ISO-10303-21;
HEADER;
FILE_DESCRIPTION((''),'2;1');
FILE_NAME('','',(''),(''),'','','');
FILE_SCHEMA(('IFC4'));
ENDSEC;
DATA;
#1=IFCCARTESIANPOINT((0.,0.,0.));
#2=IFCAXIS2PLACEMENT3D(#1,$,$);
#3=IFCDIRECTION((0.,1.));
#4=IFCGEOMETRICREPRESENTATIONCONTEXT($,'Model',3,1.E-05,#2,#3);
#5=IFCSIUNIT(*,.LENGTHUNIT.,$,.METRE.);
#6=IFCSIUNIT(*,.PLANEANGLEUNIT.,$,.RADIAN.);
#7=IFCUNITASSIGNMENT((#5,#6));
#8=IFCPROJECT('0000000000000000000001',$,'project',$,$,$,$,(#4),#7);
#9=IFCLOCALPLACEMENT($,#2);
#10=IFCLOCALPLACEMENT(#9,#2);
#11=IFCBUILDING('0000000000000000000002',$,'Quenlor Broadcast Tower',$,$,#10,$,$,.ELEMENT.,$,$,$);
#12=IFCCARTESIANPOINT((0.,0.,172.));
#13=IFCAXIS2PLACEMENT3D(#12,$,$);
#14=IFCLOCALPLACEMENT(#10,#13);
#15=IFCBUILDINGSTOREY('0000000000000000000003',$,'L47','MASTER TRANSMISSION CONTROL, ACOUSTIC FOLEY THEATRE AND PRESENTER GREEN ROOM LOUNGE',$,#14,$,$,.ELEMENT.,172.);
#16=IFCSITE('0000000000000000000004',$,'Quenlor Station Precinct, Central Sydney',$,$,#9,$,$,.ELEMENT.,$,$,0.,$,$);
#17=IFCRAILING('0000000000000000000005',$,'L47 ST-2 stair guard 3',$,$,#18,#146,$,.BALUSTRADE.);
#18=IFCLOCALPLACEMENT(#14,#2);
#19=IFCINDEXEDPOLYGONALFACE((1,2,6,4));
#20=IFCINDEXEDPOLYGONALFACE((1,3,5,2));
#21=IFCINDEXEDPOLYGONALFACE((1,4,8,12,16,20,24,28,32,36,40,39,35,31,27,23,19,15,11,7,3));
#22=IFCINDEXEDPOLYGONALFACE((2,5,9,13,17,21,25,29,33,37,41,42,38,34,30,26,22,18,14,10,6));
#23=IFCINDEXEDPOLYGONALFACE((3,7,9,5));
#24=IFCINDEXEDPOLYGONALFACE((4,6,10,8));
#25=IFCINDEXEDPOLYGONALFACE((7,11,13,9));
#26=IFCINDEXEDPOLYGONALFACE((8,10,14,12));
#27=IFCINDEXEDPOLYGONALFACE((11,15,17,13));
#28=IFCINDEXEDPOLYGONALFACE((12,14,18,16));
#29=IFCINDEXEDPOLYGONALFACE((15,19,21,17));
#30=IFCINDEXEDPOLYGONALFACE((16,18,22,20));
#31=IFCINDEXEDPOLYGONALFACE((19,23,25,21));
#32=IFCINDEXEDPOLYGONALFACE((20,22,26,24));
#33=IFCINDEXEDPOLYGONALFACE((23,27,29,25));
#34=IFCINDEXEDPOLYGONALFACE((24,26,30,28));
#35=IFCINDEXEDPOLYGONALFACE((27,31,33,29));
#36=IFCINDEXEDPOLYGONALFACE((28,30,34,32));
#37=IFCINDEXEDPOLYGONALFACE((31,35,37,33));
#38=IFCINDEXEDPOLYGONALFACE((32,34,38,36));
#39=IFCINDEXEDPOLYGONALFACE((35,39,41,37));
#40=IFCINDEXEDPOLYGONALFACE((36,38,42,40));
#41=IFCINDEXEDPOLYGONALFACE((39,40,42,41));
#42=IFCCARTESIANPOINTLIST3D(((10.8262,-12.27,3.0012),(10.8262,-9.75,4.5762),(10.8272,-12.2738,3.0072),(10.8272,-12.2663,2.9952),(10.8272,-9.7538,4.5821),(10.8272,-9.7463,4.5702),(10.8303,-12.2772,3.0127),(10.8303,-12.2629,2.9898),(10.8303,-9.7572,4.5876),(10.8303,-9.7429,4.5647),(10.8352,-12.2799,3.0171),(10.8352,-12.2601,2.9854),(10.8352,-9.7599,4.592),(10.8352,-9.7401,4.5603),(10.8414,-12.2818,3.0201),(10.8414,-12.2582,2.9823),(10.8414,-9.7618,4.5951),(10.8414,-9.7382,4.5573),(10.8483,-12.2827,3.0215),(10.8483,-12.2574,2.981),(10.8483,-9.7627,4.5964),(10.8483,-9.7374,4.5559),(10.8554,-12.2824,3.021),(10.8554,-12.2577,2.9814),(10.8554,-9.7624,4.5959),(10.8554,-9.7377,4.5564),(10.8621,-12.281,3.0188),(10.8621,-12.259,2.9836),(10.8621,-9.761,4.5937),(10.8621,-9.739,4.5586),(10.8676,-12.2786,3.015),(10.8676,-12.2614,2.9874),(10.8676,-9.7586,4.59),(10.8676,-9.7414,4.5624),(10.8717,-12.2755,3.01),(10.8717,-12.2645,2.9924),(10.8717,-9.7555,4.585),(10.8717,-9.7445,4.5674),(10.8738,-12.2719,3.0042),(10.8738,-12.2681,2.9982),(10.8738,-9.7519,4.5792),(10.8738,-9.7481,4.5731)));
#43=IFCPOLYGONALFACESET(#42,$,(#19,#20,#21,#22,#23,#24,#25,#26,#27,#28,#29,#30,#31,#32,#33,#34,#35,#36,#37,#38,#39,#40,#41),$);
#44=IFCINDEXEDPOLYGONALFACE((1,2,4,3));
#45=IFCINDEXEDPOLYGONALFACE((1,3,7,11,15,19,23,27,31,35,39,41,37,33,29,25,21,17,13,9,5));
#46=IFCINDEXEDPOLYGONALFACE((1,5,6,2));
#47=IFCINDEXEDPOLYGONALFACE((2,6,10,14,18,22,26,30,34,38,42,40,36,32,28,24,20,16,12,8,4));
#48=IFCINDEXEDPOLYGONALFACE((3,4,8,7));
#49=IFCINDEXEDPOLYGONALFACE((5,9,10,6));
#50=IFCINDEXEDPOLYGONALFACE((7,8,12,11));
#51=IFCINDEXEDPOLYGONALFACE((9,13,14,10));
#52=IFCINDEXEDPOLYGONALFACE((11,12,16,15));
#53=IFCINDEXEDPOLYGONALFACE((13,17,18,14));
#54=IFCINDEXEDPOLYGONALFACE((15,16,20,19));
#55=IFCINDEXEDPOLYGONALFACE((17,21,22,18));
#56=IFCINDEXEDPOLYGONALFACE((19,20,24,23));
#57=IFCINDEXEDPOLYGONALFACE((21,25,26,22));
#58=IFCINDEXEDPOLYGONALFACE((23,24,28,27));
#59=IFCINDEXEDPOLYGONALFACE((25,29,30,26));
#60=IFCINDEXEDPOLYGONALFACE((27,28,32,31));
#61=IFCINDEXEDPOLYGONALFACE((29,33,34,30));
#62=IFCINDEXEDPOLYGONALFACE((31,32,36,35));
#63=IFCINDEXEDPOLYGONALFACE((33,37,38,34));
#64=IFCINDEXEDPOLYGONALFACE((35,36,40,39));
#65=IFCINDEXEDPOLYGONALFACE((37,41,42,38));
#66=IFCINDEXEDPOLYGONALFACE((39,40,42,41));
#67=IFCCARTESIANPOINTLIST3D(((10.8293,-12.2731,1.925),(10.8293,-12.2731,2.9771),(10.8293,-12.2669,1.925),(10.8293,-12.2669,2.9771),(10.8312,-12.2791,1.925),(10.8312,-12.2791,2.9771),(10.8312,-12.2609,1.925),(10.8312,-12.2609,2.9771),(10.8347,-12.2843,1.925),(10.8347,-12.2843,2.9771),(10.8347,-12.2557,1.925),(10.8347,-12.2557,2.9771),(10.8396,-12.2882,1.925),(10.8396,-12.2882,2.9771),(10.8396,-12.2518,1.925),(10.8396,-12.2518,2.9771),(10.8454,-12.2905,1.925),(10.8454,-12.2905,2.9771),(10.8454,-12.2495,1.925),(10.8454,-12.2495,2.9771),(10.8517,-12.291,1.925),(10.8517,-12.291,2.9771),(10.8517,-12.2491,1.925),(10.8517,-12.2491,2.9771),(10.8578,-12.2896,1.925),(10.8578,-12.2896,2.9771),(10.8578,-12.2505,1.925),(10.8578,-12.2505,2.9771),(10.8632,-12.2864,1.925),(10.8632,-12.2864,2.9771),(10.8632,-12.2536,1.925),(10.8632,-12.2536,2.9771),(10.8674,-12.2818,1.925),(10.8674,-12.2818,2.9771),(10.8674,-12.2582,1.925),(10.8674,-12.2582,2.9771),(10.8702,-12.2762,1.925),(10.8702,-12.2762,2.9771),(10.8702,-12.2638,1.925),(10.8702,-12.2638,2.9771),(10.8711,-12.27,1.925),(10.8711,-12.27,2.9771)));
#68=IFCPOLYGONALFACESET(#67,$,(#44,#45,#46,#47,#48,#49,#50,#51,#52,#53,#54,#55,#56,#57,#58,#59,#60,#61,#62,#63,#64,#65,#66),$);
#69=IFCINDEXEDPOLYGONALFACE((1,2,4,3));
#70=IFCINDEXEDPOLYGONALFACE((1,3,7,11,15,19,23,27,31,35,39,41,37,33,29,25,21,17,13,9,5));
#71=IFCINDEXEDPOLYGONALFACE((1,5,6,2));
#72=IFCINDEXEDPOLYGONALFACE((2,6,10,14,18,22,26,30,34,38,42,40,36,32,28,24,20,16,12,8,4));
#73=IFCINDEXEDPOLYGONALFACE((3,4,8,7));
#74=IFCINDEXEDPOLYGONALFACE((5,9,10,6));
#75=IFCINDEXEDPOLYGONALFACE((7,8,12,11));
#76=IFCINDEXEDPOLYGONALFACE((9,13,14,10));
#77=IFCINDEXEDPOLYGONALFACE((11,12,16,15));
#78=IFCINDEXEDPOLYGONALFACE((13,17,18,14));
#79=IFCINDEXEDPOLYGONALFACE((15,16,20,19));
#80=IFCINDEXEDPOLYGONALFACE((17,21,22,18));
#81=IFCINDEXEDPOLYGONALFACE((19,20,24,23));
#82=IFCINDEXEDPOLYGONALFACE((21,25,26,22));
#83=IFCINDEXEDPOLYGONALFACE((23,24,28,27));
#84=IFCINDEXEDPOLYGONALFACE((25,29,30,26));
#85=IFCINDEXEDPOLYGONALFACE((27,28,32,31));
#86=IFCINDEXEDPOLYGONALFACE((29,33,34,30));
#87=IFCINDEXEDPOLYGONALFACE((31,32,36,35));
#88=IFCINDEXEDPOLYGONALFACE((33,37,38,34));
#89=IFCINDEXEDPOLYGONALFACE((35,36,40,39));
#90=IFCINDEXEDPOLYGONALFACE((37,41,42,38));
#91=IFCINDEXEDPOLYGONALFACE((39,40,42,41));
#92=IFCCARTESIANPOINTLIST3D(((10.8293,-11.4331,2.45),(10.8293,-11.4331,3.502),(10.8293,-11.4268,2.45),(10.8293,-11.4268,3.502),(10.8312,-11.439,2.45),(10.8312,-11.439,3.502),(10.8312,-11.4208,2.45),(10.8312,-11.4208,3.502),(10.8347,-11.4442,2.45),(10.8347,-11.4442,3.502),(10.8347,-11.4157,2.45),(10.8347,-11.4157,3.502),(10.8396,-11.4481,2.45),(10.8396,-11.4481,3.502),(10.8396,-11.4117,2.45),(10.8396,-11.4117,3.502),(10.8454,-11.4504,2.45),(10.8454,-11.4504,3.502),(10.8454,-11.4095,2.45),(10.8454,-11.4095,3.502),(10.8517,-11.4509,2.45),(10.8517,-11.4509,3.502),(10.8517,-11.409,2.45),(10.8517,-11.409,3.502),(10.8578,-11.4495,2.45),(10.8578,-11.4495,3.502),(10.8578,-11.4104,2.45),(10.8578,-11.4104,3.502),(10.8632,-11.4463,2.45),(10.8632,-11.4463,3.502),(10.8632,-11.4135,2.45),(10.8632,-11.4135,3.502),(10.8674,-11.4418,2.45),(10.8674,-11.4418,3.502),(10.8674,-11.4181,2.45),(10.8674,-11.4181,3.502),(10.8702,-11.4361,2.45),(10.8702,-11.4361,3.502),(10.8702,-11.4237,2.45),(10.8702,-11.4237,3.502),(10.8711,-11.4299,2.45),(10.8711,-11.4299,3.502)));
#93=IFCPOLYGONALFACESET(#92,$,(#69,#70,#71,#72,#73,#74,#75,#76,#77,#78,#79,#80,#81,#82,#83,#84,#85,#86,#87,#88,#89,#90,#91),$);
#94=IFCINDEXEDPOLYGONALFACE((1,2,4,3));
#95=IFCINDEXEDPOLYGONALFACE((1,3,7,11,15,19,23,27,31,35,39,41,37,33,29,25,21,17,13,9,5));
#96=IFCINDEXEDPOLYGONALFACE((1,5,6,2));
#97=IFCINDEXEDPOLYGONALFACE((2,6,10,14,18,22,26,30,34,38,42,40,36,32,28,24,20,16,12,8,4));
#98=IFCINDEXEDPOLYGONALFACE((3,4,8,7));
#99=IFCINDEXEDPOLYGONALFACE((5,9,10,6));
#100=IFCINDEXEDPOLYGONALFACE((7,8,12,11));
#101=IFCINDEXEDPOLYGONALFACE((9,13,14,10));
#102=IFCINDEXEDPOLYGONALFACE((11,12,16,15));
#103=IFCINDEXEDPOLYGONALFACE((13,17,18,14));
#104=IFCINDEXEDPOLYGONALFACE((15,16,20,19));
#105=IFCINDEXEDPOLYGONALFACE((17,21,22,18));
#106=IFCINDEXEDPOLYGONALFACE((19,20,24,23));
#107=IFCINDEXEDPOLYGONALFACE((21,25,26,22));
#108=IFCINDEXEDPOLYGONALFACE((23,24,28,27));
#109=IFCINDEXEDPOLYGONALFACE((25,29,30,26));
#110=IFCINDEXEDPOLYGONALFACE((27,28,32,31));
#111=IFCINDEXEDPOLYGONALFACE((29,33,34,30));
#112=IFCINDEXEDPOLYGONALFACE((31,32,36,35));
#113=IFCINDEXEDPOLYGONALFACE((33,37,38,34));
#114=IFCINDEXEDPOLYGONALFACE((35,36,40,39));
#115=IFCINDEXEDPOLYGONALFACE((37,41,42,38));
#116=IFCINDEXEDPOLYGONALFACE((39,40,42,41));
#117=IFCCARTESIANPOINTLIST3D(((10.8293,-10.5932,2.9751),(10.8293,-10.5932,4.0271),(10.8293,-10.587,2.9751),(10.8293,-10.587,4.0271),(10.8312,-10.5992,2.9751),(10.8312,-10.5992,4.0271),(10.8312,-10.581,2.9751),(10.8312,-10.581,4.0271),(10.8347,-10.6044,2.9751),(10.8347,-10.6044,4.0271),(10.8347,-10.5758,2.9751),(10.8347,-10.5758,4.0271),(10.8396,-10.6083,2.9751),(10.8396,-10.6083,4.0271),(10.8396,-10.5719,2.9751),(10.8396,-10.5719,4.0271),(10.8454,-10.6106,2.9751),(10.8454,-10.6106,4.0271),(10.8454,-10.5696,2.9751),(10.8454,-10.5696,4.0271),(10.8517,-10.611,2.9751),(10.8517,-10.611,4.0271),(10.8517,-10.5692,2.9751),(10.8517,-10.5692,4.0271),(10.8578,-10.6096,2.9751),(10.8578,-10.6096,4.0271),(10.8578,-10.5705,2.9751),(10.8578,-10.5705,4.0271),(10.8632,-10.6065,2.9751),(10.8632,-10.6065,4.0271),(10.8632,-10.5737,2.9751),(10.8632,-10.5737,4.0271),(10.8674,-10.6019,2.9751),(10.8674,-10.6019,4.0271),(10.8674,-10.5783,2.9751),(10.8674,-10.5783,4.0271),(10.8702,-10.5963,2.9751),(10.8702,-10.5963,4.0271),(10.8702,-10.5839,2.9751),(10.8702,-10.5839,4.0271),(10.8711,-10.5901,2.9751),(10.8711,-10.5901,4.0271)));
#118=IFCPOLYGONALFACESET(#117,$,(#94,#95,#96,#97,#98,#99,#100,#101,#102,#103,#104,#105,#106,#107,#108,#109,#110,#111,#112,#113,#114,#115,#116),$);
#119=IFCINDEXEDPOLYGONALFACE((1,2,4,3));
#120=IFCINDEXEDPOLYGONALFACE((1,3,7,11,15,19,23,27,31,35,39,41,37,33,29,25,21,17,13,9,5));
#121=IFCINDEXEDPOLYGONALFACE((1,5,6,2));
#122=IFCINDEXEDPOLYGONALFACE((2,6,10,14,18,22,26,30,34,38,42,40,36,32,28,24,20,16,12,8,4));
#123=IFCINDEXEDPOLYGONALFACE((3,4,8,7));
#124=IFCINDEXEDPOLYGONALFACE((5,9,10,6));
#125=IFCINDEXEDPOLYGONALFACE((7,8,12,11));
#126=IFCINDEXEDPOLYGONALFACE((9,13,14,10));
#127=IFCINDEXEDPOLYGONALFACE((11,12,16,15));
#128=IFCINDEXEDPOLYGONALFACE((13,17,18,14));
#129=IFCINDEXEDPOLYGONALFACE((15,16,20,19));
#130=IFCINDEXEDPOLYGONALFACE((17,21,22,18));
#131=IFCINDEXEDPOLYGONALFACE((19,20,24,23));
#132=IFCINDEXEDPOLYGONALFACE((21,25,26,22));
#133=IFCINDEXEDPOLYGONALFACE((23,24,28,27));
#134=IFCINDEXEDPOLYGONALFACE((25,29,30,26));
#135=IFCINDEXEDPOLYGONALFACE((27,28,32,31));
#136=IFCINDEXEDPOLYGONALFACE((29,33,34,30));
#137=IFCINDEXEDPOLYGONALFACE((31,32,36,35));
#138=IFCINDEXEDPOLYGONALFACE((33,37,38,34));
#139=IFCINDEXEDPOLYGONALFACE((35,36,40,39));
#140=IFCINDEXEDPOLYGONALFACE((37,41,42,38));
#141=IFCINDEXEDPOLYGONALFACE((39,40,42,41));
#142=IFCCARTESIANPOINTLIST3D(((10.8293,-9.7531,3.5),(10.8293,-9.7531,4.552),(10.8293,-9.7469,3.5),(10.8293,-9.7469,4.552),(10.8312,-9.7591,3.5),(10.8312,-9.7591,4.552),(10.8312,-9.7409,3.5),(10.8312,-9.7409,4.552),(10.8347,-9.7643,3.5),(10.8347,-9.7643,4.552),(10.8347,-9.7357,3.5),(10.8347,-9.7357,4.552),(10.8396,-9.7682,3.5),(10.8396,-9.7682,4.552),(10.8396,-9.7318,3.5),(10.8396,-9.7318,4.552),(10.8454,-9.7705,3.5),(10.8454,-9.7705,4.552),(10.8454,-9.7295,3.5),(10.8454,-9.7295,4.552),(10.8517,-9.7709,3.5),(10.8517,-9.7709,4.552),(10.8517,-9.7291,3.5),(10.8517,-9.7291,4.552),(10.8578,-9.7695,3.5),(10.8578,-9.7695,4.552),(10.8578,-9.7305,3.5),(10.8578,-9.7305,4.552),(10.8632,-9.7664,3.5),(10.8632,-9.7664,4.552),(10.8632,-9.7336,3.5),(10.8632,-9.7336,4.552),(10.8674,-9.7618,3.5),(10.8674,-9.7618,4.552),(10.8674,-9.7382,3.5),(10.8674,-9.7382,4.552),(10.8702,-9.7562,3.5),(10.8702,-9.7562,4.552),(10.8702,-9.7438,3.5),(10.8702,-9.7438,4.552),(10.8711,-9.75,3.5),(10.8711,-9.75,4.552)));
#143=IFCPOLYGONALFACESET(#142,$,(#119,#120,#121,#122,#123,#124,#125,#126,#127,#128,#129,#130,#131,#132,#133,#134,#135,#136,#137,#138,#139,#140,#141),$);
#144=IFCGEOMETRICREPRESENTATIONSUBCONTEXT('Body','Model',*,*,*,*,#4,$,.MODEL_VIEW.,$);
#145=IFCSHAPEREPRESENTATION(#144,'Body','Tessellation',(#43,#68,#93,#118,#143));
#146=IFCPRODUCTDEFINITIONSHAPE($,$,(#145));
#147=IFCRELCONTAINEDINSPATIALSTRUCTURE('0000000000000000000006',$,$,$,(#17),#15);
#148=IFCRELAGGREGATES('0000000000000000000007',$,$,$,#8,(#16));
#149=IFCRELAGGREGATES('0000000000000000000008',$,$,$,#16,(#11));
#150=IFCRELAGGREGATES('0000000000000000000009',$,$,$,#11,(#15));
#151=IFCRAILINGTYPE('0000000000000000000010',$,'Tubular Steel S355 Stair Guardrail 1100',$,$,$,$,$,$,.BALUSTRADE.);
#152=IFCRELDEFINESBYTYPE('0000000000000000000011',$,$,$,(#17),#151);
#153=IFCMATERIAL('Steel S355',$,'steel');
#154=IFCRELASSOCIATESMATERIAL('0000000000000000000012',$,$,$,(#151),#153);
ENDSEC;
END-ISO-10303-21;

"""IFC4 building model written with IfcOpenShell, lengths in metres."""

from ifc_helpers import new_model, si_unit, direction, frame, origin, origin_2d, place, context, subcontext, project, spatial, circle, extrude, material, type_object, element, save


model = new_model("IFC4")

# Units and contexts
model_context = context("Model", 3, precision=1e-05, world=origin(), true_north=direction((0.0, 1.0)))
body_context = subcontext(model_context, "Body", "Model", "MODEL_VIEW")
ifc_project = project(units=[si_unit("LENGTHUNIT", "METRE"), si_unit("PLANEANGLEUNIT", "RADIAN")], contexts=[model_context])

# Site, building, storey
site_placement = place(None, origin())
site = spatial("IfcSite", under=ifc_project, at=site_placement, Name="Quenlor Station Precinct, Central Sydney", CompositionType="ELEMENT", RefElevation=0.0)
building_placement = place(site_placement, origin())
building = spatial("IfcBuilding", under=site, at=building_placement, Name="Quenlor Broadcast Tower", CompositionType="ELEMENT")
storey_placement = place(building_placement, frame((0.0, 0.0, 172.0)))
storey = spatial("IfcBuildingStorey", under=building, at=storey_placement, Name="L47", Description="MASTER TRANSMISSION CONTROL, ACOUSTIC FOLEY THEATRE AND PRESENTER GREEN ROOM LOUNGE", CompositionType="ELEMENT", Elevation=172.0)

# Railing
ifc_material_1 = material(Name="Steel S355", Category="steel")
railing_type_1 = type_object("IfcRailingType", Name="Tubular Steel S355 Stair Guardrail 1100", PredefinedType="BALUSTRADE", material=ifc_material_1)
railing_1_placement = place(storey_placement, frame((10.8501, -12.27, 1.925)))
element("IfcRailing", 1, at=railing_1_placement, inside=storey, type_object=railing_type_1, Name="L47 ST-2 stair guard 3", PredefinedType="BALUSTRADE", context=body_context, shape_type="SweptSolid", body=[
    extrude(circle(Radius=0.0239, at=origin_2d()), frame((0.0, 0.0, 1.0762), z_axis=(0.0, 0.848008, 0.529984), x_axis=(-1.0, 0.0, 0.0)), (0.0, 0.0, 1.0), 2.9717),
    extrude(circle(Radius=0.021, at=origin_2d()), origin(), (0.0, 0.0, 1.0), 1.052),
    extrude(circle(Radius=0.021, at=origin_2d()), frame((0.0, 0.8401, 0.5249)), (0.0, 0.0, 1.0), 1.052),
    extrude(circle(Radius=0.021, at=origin_2d()), frame((0.0, 1.6799, 1.05)), (0.0, 0.0, 1.0), 1.052),
    extrude(circle(Radius=0.021, at=origin_2d()), frame((0.0, 2.52, 1.575)), (0.0, 0.0, 1.0), 1.052),
])

save(model, "model.ifc")
